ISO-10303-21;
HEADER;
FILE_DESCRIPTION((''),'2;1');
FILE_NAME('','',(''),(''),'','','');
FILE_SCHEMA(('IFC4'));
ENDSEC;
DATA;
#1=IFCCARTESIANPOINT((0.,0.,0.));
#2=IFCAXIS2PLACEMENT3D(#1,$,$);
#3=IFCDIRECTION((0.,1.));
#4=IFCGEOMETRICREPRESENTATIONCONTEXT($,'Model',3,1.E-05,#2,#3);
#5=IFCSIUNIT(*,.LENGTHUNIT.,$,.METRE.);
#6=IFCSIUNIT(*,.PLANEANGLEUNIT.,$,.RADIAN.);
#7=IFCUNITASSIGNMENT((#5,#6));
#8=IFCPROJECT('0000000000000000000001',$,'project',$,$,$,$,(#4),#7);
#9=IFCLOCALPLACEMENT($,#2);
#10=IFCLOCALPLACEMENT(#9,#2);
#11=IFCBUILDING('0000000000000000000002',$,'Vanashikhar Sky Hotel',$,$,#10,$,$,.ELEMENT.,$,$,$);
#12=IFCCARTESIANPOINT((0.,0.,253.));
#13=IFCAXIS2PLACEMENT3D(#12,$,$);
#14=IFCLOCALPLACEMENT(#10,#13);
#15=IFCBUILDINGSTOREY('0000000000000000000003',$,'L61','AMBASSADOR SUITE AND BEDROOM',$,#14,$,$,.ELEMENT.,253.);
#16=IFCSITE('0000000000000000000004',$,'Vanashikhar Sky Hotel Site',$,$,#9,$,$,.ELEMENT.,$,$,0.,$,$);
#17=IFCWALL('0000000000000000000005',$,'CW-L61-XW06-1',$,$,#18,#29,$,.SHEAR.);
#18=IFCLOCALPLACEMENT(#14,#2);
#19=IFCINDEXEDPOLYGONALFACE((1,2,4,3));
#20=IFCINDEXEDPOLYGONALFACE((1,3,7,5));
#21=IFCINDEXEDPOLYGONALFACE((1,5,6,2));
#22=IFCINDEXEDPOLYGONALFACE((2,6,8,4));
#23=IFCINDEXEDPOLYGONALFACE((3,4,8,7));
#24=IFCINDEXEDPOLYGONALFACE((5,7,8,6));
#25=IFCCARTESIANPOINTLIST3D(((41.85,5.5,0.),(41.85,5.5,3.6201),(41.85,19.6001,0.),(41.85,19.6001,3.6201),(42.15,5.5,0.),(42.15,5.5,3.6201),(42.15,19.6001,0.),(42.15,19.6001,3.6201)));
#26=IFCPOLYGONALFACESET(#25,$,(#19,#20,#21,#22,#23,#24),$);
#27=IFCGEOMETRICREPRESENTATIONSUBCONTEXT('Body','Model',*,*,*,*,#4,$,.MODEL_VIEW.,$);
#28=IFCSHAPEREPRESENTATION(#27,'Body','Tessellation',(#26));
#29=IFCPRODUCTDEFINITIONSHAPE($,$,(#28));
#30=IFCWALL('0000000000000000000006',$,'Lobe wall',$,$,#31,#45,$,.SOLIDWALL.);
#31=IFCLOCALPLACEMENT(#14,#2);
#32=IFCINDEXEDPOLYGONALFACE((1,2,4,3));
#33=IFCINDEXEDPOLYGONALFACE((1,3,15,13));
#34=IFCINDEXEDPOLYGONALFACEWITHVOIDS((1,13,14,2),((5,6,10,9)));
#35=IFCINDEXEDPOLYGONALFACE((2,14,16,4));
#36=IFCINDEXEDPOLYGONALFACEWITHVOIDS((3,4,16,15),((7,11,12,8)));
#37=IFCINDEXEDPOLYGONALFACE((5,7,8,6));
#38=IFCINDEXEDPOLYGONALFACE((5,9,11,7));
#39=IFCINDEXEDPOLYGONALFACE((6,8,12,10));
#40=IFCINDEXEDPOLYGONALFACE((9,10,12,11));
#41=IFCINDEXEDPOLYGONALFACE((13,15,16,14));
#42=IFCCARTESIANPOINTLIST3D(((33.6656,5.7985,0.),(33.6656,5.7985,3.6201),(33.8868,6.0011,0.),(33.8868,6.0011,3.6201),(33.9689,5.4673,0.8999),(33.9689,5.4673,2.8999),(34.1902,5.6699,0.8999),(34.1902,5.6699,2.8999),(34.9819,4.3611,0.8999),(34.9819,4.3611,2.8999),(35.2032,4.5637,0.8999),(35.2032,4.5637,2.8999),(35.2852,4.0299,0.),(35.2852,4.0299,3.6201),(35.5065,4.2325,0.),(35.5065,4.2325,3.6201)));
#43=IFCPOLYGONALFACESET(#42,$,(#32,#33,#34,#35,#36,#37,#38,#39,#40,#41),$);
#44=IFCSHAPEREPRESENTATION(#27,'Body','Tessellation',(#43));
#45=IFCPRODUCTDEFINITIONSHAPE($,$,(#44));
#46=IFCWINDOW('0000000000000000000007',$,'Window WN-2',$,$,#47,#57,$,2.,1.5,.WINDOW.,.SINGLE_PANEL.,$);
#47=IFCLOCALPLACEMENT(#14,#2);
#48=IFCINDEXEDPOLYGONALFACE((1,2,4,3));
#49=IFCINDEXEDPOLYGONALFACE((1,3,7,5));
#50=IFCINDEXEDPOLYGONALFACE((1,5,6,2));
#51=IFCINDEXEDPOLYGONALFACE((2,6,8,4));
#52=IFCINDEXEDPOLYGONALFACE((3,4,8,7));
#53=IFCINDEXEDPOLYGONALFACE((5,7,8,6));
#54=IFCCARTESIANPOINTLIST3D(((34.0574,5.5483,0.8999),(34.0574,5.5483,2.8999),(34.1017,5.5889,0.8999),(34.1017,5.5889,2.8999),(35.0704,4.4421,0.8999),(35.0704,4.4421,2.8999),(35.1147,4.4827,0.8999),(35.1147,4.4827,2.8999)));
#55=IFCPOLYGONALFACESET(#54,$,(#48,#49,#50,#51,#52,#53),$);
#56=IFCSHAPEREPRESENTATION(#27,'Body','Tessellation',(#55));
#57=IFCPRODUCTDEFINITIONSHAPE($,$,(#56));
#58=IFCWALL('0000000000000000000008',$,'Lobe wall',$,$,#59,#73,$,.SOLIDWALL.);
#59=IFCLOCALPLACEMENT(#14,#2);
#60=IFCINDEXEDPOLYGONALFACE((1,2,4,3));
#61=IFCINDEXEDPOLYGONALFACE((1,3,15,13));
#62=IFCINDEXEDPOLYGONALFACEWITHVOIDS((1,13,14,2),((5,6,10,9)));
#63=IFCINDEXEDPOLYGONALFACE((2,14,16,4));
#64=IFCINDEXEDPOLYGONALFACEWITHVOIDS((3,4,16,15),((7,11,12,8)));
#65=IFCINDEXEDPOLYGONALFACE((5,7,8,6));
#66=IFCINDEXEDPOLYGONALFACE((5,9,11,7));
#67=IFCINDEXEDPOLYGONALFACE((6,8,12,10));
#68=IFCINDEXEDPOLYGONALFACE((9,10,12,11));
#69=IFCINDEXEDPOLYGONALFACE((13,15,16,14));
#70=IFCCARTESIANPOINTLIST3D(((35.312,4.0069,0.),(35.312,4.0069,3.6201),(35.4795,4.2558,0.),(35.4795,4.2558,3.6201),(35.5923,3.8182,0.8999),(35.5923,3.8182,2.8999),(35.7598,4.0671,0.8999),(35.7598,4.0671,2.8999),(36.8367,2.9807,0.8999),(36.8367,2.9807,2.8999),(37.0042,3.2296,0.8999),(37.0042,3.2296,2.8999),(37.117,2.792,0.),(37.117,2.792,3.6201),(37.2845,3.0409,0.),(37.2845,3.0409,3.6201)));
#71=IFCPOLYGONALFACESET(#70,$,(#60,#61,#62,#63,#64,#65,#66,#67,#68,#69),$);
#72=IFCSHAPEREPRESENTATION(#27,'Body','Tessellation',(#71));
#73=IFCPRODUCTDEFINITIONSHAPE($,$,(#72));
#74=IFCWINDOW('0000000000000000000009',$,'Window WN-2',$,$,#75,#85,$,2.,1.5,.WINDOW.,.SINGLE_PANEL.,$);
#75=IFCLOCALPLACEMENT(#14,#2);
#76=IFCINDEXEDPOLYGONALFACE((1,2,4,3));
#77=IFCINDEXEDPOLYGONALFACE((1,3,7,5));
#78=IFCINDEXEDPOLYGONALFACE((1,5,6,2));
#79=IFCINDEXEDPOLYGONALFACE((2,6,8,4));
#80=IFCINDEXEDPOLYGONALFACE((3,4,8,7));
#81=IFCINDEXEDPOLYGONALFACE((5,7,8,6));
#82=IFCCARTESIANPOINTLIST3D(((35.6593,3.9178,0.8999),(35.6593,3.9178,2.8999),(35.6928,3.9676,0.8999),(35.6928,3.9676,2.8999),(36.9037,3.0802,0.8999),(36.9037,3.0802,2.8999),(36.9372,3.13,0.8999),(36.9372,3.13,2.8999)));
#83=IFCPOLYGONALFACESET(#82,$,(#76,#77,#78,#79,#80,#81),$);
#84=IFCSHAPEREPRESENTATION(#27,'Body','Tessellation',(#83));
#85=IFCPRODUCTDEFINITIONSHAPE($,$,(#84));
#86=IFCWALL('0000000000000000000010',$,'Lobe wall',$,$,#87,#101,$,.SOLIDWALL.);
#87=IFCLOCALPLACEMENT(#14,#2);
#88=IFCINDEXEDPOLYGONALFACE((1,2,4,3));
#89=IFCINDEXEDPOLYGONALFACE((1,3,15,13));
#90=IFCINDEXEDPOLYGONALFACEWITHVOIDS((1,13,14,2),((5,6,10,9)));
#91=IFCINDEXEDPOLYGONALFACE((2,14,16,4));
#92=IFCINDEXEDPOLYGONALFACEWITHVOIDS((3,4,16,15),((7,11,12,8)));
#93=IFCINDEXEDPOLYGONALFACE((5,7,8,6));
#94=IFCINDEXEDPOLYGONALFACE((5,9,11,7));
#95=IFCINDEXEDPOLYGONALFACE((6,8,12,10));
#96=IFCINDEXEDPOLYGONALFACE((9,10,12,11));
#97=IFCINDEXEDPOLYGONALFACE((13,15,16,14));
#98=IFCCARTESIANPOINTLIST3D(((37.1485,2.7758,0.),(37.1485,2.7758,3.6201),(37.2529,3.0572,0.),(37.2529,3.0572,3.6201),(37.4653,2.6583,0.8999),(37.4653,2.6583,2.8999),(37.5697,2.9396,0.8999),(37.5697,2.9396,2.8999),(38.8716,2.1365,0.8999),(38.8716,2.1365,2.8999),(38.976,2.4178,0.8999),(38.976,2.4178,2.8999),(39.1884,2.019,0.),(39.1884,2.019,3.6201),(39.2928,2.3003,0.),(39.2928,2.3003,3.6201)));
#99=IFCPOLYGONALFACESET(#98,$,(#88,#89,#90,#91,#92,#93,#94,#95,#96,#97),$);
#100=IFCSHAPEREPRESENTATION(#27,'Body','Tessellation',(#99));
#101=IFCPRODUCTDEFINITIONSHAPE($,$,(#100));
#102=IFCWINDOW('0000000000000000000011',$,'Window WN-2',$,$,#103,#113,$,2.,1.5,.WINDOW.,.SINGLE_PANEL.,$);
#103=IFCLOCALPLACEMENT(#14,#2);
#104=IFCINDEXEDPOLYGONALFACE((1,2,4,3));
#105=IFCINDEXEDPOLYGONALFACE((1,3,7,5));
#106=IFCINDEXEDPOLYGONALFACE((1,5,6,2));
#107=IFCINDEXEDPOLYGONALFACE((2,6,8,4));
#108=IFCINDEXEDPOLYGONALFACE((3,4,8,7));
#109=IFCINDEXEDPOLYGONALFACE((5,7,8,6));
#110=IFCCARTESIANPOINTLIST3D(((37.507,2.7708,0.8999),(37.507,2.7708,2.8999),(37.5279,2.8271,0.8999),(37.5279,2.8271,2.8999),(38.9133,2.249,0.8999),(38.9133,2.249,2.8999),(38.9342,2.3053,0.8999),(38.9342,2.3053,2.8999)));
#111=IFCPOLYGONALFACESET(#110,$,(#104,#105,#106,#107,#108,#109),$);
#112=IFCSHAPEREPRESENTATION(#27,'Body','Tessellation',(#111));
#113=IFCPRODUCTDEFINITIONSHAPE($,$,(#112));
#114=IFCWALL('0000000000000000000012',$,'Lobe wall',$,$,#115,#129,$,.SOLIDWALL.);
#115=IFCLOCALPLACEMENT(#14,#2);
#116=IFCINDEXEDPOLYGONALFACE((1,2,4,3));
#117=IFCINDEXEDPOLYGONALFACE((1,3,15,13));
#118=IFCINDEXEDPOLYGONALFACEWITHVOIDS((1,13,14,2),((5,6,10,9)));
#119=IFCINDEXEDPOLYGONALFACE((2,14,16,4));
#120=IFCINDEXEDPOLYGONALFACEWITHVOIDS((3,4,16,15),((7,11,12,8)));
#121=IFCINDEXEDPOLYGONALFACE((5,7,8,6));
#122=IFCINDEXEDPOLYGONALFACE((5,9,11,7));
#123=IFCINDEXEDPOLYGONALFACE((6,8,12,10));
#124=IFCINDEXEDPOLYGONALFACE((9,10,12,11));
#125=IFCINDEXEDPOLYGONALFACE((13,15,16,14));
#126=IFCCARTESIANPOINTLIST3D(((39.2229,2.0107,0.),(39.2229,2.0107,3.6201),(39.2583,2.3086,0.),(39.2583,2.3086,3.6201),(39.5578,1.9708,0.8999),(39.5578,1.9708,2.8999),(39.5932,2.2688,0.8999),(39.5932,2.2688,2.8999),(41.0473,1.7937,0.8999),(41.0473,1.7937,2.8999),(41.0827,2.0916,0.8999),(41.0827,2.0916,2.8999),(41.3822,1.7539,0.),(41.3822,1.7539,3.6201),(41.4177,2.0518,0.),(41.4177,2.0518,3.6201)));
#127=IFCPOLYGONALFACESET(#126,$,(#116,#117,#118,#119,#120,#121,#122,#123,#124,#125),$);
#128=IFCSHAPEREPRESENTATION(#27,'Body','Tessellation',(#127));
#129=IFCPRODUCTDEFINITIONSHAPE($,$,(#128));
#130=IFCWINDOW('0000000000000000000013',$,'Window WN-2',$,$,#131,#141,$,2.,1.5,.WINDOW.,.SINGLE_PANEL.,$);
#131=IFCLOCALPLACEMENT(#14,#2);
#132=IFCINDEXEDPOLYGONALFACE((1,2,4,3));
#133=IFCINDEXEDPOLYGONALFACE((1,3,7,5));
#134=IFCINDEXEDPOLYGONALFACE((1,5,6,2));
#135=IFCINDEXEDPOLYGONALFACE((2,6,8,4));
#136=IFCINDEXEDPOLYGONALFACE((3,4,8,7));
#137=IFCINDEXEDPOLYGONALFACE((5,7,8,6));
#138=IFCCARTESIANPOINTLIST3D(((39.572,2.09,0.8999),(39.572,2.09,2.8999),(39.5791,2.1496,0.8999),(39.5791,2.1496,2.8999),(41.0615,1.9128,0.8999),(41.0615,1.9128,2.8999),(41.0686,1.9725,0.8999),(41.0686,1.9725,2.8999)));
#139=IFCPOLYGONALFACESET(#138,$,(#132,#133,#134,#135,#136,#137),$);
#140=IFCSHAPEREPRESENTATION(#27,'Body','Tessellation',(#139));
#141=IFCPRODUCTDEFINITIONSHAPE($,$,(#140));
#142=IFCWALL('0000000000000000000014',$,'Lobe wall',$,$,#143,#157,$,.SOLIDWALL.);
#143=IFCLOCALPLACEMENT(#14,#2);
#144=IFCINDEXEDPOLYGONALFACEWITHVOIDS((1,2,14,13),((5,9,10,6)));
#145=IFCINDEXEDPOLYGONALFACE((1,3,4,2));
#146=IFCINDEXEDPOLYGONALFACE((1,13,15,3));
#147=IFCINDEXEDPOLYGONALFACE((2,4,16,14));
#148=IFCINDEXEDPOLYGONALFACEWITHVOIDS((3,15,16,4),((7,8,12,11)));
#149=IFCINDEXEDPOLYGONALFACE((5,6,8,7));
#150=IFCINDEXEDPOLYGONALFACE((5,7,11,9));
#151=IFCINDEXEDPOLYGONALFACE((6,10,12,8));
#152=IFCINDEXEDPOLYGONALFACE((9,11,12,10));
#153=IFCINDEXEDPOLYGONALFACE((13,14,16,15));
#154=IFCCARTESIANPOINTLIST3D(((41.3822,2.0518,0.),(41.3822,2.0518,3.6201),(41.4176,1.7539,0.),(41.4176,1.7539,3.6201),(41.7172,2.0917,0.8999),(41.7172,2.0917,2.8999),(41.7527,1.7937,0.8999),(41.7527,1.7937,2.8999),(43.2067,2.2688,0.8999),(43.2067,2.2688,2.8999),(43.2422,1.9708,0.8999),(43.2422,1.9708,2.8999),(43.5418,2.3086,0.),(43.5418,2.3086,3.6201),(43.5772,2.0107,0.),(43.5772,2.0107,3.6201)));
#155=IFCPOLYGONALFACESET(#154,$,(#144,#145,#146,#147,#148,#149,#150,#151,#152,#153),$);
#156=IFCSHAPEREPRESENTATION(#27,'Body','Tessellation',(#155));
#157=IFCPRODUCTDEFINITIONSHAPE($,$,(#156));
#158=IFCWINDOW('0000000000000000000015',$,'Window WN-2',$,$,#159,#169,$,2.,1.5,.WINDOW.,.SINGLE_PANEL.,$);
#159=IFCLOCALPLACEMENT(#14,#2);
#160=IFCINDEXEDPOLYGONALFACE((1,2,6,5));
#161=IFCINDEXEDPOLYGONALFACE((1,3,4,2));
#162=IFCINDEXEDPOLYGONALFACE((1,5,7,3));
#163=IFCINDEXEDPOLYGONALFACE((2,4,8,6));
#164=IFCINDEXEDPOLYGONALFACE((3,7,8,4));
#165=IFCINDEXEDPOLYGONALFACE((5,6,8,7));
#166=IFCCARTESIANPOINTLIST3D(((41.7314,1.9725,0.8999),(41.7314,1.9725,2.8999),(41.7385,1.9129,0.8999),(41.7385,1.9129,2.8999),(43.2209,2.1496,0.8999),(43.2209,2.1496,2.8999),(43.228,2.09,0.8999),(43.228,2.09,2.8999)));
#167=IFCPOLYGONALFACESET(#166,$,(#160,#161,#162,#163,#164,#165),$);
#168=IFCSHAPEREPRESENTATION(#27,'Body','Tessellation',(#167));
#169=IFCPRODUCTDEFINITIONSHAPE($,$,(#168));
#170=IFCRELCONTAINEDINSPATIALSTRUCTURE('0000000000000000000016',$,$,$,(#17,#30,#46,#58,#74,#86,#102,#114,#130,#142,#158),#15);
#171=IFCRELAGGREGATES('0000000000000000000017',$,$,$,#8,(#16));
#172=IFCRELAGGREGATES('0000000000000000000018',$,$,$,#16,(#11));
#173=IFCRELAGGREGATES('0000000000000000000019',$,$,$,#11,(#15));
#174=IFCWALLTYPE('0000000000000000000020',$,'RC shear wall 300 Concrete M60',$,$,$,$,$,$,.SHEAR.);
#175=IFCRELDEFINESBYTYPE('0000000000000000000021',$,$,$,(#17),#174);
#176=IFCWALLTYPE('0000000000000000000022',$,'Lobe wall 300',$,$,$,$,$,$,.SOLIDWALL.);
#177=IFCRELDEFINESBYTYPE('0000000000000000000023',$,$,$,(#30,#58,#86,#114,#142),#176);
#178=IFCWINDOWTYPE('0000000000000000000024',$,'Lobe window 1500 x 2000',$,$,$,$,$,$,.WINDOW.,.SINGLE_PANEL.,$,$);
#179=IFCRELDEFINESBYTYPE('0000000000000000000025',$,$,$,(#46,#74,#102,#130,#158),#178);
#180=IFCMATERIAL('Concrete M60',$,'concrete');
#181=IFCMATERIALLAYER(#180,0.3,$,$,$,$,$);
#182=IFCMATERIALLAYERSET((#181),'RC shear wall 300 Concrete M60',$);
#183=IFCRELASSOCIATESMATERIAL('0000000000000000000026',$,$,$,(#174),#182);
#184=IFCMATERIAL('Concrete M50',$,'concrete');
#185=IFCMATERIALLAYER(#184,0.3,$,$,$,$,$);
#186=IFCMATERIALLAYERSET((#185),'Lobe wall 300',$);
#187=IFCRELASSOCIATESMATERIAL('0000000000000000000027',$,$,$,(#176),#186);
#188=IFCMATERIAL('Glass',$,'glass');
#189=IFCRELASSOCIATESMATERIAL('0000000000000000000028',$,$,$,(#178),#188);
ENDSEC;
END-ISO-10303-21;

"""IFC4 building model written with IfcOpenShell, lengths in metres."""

from ifc_helpers import new_model, si_unit, direction, frame, frame_2d, origin, place, context, subcontext, project, spatial, rectangle, extrude, source, transform, mapped, material, layer, layer_set, type_object, element, fill, save


model = new_model("IFC4")

# Units and contexts
model_context = context("Model", 3, precision=1e-05, world=origin(), true_north=direction((0.0, 1.0)))
body_context = subcontext(model_context, "Body", "Model", "MODEL_VIEW")
ifc_project = project(units=[si_unit("LENGTHUNIT", "METRE"), si_unit("PLANEANGLEUNIT", "RADIAN")], contexts=[model_context])

# Site, building, storey
site_placement = place(None, origin())
site = spatial("IfcSite", under=ifc_project, at=site_placement, Name="Vanashikhar Sky Hotel Site", CompositionType="ELEMENT", RefElevation=0.0)
building_placement = place(site_placement, origin())
building = spatial("IfcBuilding", under=site, at=building_placement, Name="Vanashikhar Sky Hotel", CompositionType="ELEMENT")
storey_placement = place(building_placement, frame((0.0, 0.0, 253.0)))
storey = spatial("IfcBuildingStorey", under=building, at=storey_placement, Name="L61", Description="AMBASSADOR SUITE AND BEDROOM", CompositionType="ELEMENT", Elevation=253.0)

# Wall
ifc_material_1 = material(Name="Concrete M60", Category="concrete")
ifc_layer_1 = layer(ifc_material_1, 0.3)
ifc_layer_set_1 = layer_set([ifc_layer_1], Name="RC shear wall 300 Concrete M60")
wall_type_1 = type_object("IfcWallType", Name="RC shear wall 300 Concrete M60", PredefinedType="SHEAR", material=ifc_layer_set_1)
shared_shape_1 = source(origin(), body_context, "Body", "SweptSolid", [
    extrude(rectangle(XDim=14.1001, YDim=0.3, at=frame_2d((7.05, 0.0))), origin(), (0.0, 0.0, 1.0), 3.6201),
])
wall_1_placement = place(storey_placement, frame((42.0, 5.5, 0.0), z_axis=(0.0, 0.0, 1.0), x_axis=(0.0, 1.0, 0.0)))
element("IfcWall", 1, at=wall_1_placement, inside=storey, type_object=wall_type_1, Name="CW-L61-XW06-1", PredefinedType="SHEAR", context=body_context, shape_type="MappedRepresentation", body=[
    mapped(shared_shape_1, transform((0.0, 0.0, 0.0), scale=1.0)),
])

# Walls, openings, windows
ifc_material_2 = material(Name="Concrete M50", Category="concrete")
ifc_layer_2 = layer(ifc_material_2, 0.3)
ifc_layer_set_2 = layer_set([ifc_layer_2], Name="Lobe wall 300")
wall_type_2 = type_object("IfcWallType", Name="Lobe wall 300", PredefinedType="SOLIDWALL", material=ifc_layer_set_2)
shared_shape_2 = source(origin(), body_context, "Body", "SweptSolid", [
    extrude(rectangle(XDim=2.3982, YDim=0.3, at=frame_2d((1.1992, 0.0))), origin(), (0.0, 0.0, 1.0), 3.6201),
])
wall_2_placement = place(storey_placement, frame((33.7761, 5.8999, 0.0), z_axis=(0.0, 0.0, 1.0), x_axis=(0.675374, -0.737475, 0.0)))
wall_2 = element("IfcWall", 2, at=wall_2_placement, inside=storey, type_object=wall_type_2, Name="Lobe wall", PredefinedType="SOLIDWALL", context=body_context, shape_type="MappedRepresentation", body=[
    mapped(shared_shape_2, transform((0.0, 0.0, 0.0), scale=1.0)),
])
shared_shape_3 = source(origin(), body_context, "Body", "SweptSolid", [
    extrude(rectangle(XDim=1.5, YDim=2.0, at=frame_2d((0.75, 1.0))), frame((0.0, 0.1602, 0.0), z_axis=(0.0, -1.0, 0.0), x_axis=(1.0, 0.0, 0.0)), (0.0, 0.0, 1.0), 0.3201),
])
opening_1_placement = place(wall_2_placement, frame((0.4492, 0.0, 0.8999)))
opening_1 = element("IfcOpeningElement", 3, at=opening_1_placement, cuts=wall_2, PredefinedType="OPENING", context=body_context, shape_type="MappedRepresentation", body=[
    mapped(shared_shape_3, transform((0.0, 0.0, 0.0), scale=1.0)),
])
ifc_material_3 = material(Name="Glass", Category="glass")
window_type = type_object("IfcWindowType", Name="Lobe window 1500 x 2000", PartitioningType="SINGLE_PANEL", PredefinedType="WINDOW", material=ifc_material_3)
shared_shape_4 = source(origin(), body_context, "Body", "SweptSolid", [
    extrude(rectangle(XDim=1.5, YDim=2.0, at=frame_2d((0.75, 1.0))), frame((0.0, 0.03, 0.0), z_axis=(0.0, -1.0, 0.0), x_axis=(1.0, 0.0, 0.0)), (0.0, 0.0, 1.0), 0.0601),
])
window_1_placement = place(opening_1_placement, origin())
window_1 = element("IfcWindow", 4, at=window_1_placement, inside=storey, type_object=window_type, Name="Window WN-2", OverallHeight=2.0, OverallWidth=1.5, PartitioningType="SINGLE_PANEL", PredefinedType="WINDOW", context=body_context, shape_type="MappedRepresentation", body=[
    mapped(shared_shape_4, transform((0.0, 0.0, 0.0), scale=1.0)),
])
fill(opening_1, window_1)
shared_shape_5 = source(origin(), body_context, "Body", "SweptSolid", [
    extrude(rectangle(XDim=2.1758, YDim=0.3, at=frame_2d((1.0879, 0.0))), origin(), (0.0, 0.0, 1.0), 3.6201),
])
wall_3_placement = place(storey_placement, frame((35.3958, 4.1313, 0.0), z_axis=(0.0, 0.0, 1.0), x_axis=(0.829591, -0.558372, 0.0)))
wall_3 = element("IfcWall", 5, at=wall_3_placement, inside=storey, type_object=wall_type_2, Name="Lobe wall", PredefinedType="SOLIDWALL", context=body_context, shape_type="MappedRepresentation", body=[
    mapped(shared_shape_5, transform((0.0, 0.0, 0.0), scale=1.0)),
])
opening_2_placement = place(wall_3_placement, frame((0.3379, 0.0, 0.8999)))
opening_2 = element("IfcOpeningElement", 6, at=opening_2_placement, cuts=wall_3, PredefinedType="OPENING", context=body_context, shape_type="MappedRepresentation", body=[
    mapped(shared_shape_3, transform((0.0, 0.0, 0.0), scale=1.0)),
])
window_2_placement = place(opening_2_placement, origin())
window_2 = element("IfcWindow", 7, at=window_2_placement, inside=storey, type_object=window_type, Name="Window WN-2", OverallHeight=2.0, OverallWidth=1.5, PartitioningType="SINGLE_PANEL", PredefinedType="WINDOW", context=body_context, shape_type="MappedRepresentation", body=[
    mapped(shared_shape_4, transform((0.0, 0.0, 0.0), scale=1.0)),
])
fill(opening_2, window_2)
wall_4_placement = place(storey_placement, frame((37.2007, 2.9165, 0.0), z_axis=(0.0, 0.0, 1.0), x_axis=(0.937546, -0.347863, 0.0)))
wall_4 = element("IfcWall", 8, at=wall_4_placement, inside=storey, type_object=wall_type_2, Name="Lobe wall", PredefinedType="SOLIDWALL", context=body_context, shape_type="MappedRepresentation", body=[
    mapped(shared_shape_5, transform((0.0, 0.0, 0.0), scale=1.0)),
])
opening_3_placement = place(wall_4_placement, frame((0.3379, 0.0, 0.8999)))
opening_3 = element("IfcOpeningElement", 9, at=opening_3_placement, cuts=wall_4, PredefinedType="OPENING", context=body_context, shape_type="MappedRepresentation", body=[
    mapped(shared_shape_3, transform((0.0, 0.0, 0.0), scale=1.0)),
])
window_3_placement = place(opening_3_placement, origin())
window_3 = element("IfcWindow", 10, at=window_3_placement, inside=storey, type_object=window_type, Name="Window WN-2", OverallHeight=2.0, OverallWidth=1.5, PartitioningType="SINGLE_PANEL", PredefinedType="WINDOW", context=body_context, shape_type="MappedRepresentation", body=[
    mapped(shared_shape_4, transform((0.0, 0.0, 0.0), scale=1.0)),
])
fill(opening_3, window_3)
shared_shape_6 = source(origin(), body_context, "Body", "SweptSolid", [
    extrude(rectangle(XDim=2.1746, YDim=0.3, at=frame_2d((1.0874, 0.0))), origin(), (0.0, 0.0, 1.0), 3.6201),
])
wall_5_placement = place(storey_placement, frame((39.2405, 2.1597, 0.0), z_axis=(0.0, 0.0, 1.0), x_axis=(0.993001, -0.118105, 0.0)))
wall_5 = element("IfcWall", 11, at=wall_5_placement, inside=storey, type_object=wall_type_2, Name="Lobe wall", PredefinedType="SOLIDWALL", context=body_context, shape_type="MappedRepresentation", body=[
    mapped(shared_shape_6, transform((0.0, 0.0, 0.0), scale=1.0)),
])
opening_4_placement = place(wall_5_placement, frame((0.3374, 0.0, 0.8999)))
opening_4 = element("IfcOpeningElement", 12, at=opening_4_placement, cuts=wall_5, PredefinedType="OPENING", context=body_context, shape_type="MappedRepresentation", body=[
    mapped(shared_shape_3, transform((0.0, 0.0, 0.0), scale=1.0)),
])
window_4_placement = place(opening_4_placement, origin())
window_4 = element("IfcWindow", 13, at=window_4_placement, inside=storey, type_object=window_type, Name="Window WN-2", OverallHeight=2.0, OverallWidth=1.5, PartitioningType="SINGLE_PANEL", PredefinedType="WINDOW", context=body_context, shape_type="MappedRepresentation", body=[
    mapped(shared_shape_4, transform((0.0, 0.0, 0.0), scale=1.0)),
])
fill(opening_4, window_4)
shared_shape_7 = source(origin(), body_context, "Body", "SweptSolid", [
    extrude(rectangle(XDim=2.1748, YDim=0.3, at=frame_2d((1.0874, 0.0))), origin(), (0.0, 0.0, 1.0), 3.6201),
])
wall_6_placement = place(storey_placement, frame((41.3999, 1.9028, 0.0), z_axis=(0.0, 0.0, 1.0), x_axis=(0.993003, 0.118092, 0.0)))
wall_6 = element("IfcWall", 14, at=wall_6_placement, inside=storey, type_object=wall_type_2, Name="Lobe wall", PredefinedType="SOLIDWALL", context=body_context, shape_type="MappedRepresentation", body=[
    mapped(shared_shape_7, transform((0.0, 0.0, 0.0), scale=1.0)),
])
opening_5_placement = place(wall_6_placement, frame((0.3374, 0.0, 0.8999)))
opening_5 = element("IfcOpeningElement", 15, at=opening_5_placement, cuts=wall_6, PredefinedType="OPENING", context=body_context, shape_type="MappedRepresentation", body=[
    mapped(shared_shape_3, transform((0.0, 0.0, 0.0), scale=1.0)),
])
window_5_placement = place(opening_5_placement, origin())
window_5 = element("IfcWindow", 16, at=window_5_placement, inside=storey, type_object=window_type, Name="Window WN-2", OverallHeight=2.0, OverallWidth=1.5, PartitioningType="SINGLE_PANEL", PredefinedType="WINDOW", context=body_context, shape_type="MappedRepresentation", body=[
    mapped(shared_shape_4, transform((0.0, 0.0, 0.0), scale=1.0)),
])
fill(opening_5, window_5)

save(model, "model.ifc")
